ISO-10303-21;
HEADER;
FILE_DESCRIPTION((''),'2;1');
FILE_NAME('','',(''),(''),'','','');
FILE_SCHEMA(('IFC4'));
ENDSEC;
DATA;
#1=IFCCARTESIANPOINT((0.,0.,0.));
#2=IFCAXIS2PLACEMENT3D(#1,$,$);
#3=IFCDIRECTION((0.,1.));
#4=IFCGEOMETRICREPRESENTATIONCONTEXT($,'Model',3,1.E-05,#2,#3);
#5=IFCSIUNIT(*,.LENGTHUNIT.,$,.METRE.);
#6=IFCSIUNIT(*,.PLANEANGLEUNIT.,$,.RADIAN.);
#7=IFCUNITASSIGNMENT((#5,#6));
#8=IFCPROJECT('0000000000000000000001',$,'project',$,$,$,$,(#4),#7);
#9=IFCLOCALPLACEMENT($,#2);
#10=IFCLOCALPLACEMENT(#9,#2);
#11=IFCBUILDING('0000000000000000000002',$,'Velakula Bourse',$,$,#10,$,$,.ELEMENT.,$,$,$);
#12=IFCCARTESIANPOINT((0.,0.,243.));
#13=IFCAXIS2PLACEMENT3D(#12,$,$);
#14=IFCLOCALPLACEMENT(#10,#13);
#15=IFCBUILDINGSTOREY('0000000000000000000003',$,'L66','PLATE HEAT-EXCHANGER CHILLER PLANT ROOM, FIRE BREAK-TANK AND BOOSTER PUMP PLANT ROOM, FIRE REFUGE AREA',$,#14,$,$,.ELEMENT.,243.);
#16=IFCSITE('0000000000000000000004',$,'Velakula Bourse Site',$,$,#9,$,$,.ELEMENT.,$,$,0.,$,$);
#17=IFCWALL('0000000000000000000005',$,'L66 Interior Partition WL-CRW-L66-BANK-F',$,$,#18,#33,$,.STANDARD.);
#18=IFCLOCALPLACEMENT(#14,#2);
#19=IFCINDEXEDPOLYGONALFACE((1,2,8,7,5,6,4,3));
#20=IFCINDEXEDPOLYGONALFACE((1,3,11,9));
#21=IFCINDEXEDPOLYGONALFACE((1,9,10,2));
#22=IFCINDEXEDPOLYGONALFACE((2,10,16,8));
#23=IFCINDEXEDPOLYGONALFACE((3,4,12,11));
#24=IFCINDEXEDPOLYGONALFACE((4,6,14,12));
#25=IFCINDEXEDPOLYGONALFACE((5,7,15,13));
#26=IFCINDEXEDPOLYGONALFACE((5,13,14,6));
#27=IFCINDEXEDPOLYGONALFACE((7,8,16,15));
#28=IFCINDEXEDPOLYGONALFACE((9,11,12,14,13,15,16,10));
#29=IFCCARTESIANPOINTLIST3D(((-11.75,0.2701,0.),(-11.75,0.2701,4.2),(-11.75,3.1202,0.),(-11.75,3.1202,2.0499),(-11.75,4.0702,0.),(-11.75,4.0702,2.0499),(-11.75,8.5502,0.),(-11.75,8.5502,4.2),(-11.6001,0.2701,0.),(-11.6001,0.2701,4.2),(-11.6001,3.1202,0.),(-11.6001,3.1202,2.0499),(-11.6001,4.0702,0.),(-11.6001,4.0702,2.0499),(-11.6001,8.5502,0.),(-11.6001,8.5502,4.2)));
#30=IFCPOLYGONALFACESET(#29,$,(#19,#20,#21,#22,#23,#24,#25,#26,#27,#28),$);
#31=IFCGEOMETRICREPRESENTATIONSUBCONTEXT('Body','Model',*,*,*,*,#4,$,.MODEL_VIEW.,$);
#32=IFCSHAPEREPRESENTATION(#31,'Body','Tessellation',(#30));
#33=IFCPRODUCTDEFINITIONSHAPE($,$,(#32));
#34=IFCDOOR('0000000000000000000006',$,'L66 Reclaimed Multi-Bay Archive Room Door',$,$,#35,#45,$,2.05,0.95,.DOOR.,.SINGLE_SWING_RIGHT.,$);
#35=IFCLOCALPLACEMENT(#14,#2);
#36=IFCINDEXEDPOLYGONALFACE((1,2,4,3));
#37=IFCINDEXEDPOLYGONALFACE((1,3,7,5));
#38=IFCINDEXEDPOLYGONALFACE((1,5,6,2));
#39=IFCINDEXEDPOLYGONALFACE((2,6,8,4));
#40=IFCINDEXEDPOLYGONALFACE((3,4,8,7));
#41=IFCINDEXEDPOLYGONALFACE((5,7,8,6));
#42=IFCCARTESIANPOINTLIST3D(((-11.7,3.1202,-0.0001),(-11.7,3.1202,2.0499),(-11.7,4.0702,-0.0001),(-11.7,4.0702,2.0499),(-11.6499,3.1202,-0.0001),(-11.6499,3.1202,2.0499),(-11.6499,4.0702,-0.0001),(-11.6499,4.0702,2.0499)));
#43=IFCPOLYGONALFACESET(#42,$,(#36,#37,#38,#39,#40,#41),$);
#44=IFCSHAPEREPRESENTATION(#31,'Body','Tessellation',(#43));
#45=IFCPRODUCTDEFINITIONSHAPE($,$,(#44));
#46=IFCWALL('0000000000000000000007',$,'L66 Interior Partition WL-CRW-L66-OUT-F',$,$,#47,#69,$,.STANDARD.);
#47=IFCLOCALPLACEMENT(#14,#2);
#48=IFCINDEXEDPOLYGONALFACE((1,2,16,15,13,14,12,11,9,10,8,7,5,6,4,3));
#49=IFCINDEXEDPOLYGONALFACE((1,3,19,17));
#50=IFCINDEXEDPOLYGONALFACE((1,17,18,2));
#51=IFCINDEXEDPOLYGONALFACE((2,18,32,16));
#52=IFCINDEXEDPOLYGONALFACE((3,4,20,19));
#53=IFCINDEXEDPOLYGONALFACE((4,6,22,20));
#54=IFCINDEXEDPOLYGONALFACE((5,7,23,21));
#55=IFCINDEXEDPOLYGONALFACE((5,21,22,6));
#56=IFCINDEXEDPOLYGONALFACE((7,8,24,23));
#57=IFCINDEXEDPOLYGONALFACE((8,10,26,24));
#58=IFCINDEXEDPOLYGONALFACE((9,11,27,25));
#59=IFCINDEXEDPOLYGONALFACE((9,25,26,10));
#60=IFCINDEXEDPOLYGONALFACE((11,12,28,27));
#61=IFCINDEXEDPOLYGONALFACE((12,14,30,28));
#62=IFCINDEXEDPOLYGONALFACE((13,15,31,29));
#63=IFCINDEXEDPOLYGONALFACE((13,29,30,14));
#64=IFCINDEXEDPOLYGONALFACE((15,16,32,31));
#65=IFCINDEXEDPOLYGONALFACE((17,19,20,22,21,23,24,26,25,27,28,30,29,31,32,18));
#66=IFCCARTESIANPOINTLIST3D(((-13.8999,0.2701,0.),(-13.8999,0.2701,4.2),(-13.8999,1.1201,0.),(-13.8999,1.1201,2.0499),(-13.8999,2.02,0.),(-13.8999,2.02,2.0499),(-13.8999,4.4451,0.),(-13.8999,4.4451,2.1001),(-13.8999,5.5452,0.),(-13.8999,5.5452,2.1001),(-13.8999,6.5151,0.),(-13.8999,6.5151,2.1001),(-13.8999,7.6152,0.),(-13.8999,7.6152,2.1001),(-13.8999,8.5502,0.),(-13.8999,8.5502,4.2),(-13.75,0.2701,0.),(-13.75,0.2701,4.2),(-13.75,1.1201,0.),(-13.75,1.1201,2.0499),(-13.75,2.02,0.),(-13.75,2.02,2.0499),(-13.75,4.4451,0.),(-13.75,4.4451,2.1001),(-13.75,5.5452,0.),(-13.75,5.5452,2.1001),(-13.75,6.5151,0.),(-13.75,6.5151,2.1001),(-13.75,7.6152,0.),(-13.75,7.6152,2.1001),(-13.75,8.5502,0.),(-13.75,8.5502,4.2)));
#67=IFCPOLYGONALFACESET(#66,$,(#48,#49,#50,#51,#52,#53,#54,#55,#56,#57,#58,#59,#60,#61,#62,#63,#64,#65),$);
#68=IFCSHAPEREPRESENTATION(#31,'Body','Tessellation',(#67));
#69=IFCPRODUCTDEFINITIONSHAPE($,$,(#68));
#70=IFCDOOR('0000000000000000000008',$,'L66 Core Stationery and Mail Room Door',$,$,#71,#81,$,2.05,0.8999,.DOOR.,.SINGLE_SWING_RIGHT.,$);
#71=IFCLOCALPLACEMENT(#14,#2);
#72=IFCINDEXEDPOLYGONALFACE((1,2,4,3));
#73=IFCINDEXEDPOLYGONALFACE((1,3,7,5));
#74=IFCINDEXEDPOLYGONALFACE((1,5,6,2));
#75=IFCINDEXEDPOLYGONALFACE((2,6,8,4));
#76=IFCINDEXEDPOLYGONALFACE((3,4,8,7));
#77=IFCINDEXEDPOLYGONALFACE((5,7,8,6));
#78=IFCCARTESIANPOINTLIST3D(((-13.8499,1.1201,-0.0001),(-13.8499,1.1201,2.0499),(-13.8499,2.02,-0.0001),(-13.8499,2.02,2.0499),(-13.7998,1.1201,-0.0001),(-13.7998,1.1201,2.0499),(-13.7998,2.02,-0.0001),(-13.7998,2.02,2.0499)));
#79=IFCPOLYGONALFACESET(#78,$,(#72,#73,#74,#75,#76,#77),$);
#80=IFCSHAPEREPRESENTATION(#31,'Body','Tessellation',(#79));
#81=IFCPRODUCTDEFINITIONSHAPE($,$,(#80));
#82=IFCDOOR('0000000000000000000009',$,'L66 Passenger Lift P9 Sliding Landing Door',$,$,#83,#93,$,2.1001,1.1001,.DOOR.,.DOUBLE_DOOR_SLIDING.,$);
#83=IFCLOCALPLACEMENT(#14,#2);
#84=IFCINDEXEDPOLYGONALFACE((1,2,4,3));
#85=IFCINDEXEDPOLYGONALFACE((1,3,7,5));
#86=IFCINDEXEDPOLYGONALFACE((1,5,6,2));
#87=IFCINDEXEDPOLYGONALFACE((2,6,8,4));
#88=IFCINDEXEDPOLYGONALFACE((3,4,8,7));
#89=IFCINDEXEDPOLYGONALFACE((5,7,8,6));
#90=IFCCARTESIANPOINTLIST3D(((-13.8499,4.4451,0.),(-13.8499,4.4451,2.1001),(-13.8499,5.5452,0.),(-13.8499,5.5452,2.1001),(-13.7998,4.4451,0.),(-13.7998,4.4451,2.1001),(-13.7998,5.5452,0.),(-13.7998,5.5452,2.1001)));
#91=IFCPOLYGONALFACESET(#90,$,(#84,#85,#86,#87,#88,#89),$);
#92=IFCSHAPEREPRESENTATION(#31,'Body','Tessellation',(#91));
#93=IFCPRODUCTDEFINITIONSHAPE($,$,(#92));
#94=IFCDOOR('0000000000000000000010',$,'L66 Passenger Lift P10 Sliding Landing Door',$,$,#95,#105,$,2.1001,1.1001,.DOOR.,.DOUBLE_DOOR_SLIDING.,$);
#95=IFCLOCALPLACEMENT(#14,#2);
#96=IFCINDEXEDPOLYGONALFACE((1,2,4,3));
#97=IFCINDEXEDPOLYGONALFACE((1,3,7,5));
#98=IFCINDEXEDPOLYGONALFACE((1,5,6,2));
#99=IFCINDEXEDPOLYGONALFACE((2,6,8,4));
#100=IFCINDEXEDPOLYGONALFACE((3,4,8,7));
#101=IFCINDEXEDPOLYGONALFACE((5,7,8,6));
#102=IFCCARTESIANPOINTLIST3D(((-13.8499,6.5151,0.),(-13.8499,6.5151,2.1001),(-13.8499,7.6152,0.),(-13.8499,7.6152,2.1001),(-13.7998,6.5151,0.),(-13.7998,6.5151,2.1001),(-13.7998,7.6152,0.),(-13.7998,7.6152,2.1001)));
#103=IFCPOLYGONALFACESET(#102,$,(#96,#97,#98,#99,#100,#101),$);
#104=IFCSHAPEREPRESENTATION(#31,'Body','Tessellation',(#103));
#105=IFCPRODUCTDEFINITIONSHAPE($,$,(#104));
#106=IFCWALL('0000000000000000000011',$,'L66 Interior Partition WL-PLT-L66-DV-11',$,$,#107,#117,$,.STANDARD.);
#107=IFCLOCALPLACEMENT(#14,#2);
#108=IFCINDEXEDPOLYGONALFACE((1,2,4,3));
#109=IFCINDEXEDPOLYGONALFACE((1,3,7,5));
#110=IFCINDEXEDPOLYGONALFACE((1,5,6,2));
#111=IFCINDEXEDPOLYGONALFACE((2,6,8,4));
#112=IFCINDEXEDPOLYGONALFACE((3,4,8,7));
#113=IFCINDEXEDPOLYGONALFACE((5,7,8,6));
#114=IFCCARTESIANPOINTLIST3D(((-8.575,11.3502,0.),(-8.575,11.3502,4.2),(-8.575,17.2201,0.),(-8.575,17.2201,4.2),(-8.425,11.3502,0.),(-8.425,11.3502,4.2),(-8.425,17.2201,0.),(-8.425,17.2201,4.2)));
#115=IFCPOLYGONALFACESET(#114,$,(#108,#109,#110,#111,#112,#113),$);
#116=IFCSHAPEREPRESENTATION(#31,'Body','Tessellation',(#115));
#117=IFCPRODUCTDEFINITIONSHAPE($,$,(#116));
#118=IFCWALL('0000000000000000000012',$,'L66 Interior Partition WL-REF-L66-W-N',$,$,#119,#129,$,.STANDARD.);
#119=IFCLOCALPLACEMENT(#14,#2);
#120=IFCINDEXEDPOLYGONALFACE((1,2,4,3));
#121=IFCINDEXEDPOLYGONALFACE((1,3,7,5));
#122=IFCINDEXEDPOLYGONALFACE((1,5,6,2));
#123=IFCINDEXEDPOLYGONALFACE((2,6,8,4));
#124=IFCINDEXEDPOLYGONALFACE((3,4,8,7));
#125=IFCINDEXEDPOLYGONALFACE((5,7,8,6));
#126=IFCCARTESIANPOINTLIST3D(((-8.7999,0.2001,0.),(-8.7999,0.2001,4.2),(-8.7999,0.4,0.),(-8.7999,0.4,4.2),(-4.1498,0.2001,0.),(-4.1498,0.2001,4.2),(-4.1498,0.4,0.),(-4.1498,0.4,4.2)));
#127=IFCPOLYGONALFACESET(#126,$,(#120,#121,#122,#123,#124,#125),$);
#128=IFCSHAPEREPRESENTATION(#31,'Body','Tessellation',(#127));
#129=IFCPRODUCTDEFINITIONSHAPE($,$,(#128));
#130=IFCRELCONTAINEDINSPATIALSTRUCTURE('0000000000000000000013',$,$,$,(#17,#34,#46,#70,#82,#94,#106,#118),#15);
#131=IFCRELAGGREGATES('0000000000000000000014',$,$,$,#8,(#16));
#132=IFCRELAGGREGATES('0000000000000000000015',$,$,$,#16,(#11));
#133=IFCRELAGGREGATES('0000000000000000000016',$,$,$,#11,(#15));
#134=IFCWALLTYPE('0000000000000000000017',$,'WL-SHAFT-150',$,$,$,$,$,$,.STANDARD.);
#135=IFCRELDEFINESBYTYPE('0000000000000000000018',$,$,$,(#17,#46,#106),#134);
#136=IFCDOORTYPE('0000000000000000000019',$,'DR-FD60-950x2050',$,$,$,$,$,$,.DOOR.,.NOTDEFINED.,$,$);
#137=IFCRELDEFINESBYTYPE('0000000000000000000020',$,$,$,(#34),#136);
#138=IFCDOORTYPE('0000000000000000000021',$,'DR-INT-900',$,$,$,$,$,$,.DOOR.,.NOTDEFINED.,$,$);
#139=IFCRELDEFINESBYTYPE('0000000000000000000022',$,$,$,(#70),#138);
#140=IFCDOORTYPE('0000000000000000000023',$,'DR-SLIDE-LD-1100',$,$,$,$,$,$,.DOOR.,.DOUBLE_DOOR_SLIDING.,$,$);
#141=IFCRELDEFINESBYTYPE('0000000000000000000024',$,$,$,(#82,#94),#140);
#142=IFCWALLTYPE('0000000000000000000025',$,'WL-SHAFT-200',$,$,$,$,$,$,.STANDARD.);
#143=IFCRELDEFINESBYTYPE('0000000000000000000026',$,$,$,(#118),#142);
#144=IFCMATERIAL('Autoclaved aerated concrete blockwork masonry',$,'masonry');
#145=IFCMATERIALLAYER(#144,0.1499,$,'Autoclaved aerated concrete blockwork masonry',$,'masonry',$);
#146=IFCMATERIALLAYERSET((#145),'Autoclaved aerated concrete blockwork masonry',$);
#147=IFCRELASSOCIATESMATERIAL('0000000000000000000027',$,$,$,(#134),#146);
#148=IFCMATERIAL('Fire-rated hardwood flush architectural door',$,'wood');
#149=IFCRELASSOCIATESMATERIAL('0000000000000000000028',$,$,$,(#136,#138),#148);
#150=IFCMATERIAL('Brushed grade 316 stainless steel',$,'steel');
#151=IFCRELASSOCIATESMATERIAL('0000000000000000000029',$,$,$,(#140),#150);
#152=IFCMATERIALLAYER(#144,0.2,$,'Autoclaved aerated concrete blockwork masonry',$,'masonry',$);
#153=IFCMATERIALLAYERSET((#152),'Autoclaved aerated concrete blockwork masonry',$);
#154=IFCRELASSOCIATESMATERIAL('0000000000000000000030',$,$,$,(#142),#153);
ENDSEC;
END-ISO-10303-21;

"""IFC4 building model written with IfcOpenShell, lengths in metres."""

from ifc_helpers import new_model, si_unit, direction, frame, frame_2d, origin, place, context, subcontext, project, spatial, rectangle, extrude, material, layer, layer_set, type_object, element, fill, save


model = new_model("IFC4")

# Units and contexts
model_context = context("Model", 3, precision=1e-05, world=origin(), true_north=direction((0.0, 1.0)))
body_context = subcontext(model_context, "Body", "Model", "MODEL_VIEW")
ifc_project = project(units=[si_unit("LENGTHUNIT", "METRE"), si_unit("PLANEANGLEUNIT", "RADIAN")], contexts=[model_context])

# Site, building, storey
site_placement = place(None, origin())
site = spatial("IfcSite", under=ifc_project, at=site_placement, Name="Velakula Bourse Site", CompositionType="ELEMENT", RefElevation=0.0)
building_placement = place(site_placement, origin())
building = spatial("IfcBuilding", under=site, at=building_placement, Name="Velakula Bourse", CompositionType="ELEMENT")
storey_placement = place(building_placement, frame((0.0, 0.0, 243.0)))
storey = spatial("IfcBuildingStorey", under=building, at=storey_placement, Name="L66", Description="PLATE HEAT-EXCHANGER CHILLER PLANT ROOM, FIRE BREAK-TANK AND BOOSTER PUMP PLANT ROOM, FIRE REFUGE AREA", CompositionType="ELEMENT", Elevation=243.0)

# Shared definitions
ifc_material_1 = material(Name="Fire-rated hardwood flush architectural door", Category="wood")

# Shared definitions
ifc_material_2 = material(Name="Autoclaved aerated concrete blockwork masonry", Category="masonry")
ifc_layer_1 = layer(ifc_material_2, 0.1499, Name="Autoclaved aerated concrete blockwork masonry", Category="masonry")
ifc_layer_set_1 = layer_set([ifc_layer_1], Name="Autoclaved aerated concrete blockwork masonry")
wall_type_1 = type_object("IfcWallType", Name="WL-SHAFT-150", PredefinedType="STANDARD", material=ifc_layer_set_1)

# Wall, opening, door
wall_1_placement = place(storey_placement, frame((-11.675, 0.27, 0.0), z_axis=(0.0, 0.0, 1.0), x_axis=(0.0, 1.0, 0.0)))
wall_1 = element("IfcWall", 1, at=wall_1_placement, inside=storey, type_object=wall_type_1, Name="L66 Interior Partition WL-CRW-L66-BANK-F", PredefinedType="STANDARD", context=body_context, shape_type="SweptSolid", body=[
    extrude(rectangle(XDim=8.28, YDim=0.1499, at=frame_2d((4.1401, 0.0))), origin(), (0.0, 0.0, 1.0), 4.2),
])
opening_1_placement = place(wall_1_placement, frame((2.8501, 0.0, 0.0)))
opening_1 = element("IfcOpeningElement", 2, at=opening_1_placement, cuts=wall_1, PredefinedType="OPENING", context=body_context, shape_type="SweptSolid", body=[
    extrude(rectangle(XDim=0.95, YDim=2.05, at=frame_2d((0.4751, 1.0249))), frame((0.0, 0.085, 0.0), z_axis=(0.0, -1.0, 0.0), x_axis=(1.0, 0.0, 0.0)), (0.0, 0.0, 1.0), 0.1699),
])
door_type_1 = type_object("IfcDoorType", Name="DR-FD60-950x2050", OperationType="NOTDEFINED", PredefinedType="DOOR", material=ifc_material_1)
door_1_placement = place(opening_1_placement, origin())
door_1 = element("IfcDoor", 3, at=door_1_placement, inside=storey, type_object=door_type_1, Name="L66 Reclaimed Multi-Bay Archive Room Door", OperationType="SINGLE_SWING_RIGHT", OverallHeight=2.05, OverallWidth=0.95, PredefinedType="DOOR", context=body_context, shape_type="SweptSolid", body=[
    extrude(rectangle(XDim=0.95, YDim=2.05, at=frame_2d((0.4751, 1.0249))), frame((0.0, 0.0249, 0.0), z_axis=(0.0, -1.0, 0.0), x_axis=(1.0, 0.0, 0.0)), (0.0, 0.0, 1.0), 0.05),
])
fill(opening_1, door_1)

# Wall, openings, doors
wall_2_placement = place(storey_placement, frame((-13.825, 0.27, 0.0), z_axis=(0.0, 0.0, 1.0), x_axis=(0.0, 1.0, 0.0)))
wall_2 = element("IfcWall", 4, at=wall_2_placement, inside=storey, type_object=wall_type_1, Name="L66 Interior Partition WL-CRW-L66-OUT-F", PredefinedType="STANDARD", context=body_context, shape_type="SweptSolid", body=[
    extrude(rectangle(XDim=8.28, YDim=0.1499, at=frame_2d((4.1401, 0.0))), origin(), (0.0, 0.0, 1.0), 4.2),
])
opening_2_placement = place(wall_2_placement, frame((4.175, 0.0, 0.0)))
opening_2 = element("IfcOpeningElement", 5, at=opening_2_placement, cuts=wall_2, PredefinedType="OPENING", context=body_context, shape_type="SweptSolid", body=[
    extrude(rectangle(XDim=1.1001, YDim=2.1001, at=frame_2d((0.55, 1.05))), frame((0.0, 0.085, 0.0), z_axis=(0.0, -1.0, 0.0), x_axis=(1.0, 0.0, 0.0)), (0.0, 0.0, 1.0), 0.1699),
])
opening_3_placement = place(wall_2_placement, frame((6.2451, 0.0, 0.0)))
opening_3 = element("IfcOpeningElement", 6, at=opening_3_placement, cuts=wall_2, PredefinedType="OPENING", context=body_context, shape_type="SweptSolid", body=[
    extrude(rectangle(XDim=1.1001, YDim=2.1001, at=frame_2d((0.55, 1.05))), frame((0.0, 0.085, 0.0), z_axis=(0.0, -1.0, 0.0), x_axis=(1.0, 0.0, 0.0)), (0.0, 0.0, 1.0), 0.1699),
])
opening_4_placement = place(wall_2_placement, frame((0.8501, 0.0, 0.0)))
opening_4 = element("IfcOpeningElement", 7, at=opening_4_placement, cuts=wall_2, PredefinedType="OPENING", context=body_context, shape_type="SweptSolid", body=[
    extrude(rectangle(XDim=0.8999, YDim=2.05, at=frame_2d((0.45, 1.0249))), frame((0.0, 0.085, 0.0), z_axis=(0.0, -1.0, 0.0), x_axis=(1.0, 0.0, 0.0)), (0.0, 0.0, 1.0), 0.1699),
])
door_type_2 = type_object("IfcDoorType", Name="DR-INT-900", OperationType="NOTDEFINED", PredefinedType="DOOR", material=ifc_material_1)
door_2_placement = place(opening_4_placement, origin())
door_2 = element("IfcDoor", 8, at=door_2_placement, inside=storey, type_object=door_type_2, Name="L66 Core Stationery and Mail Room Door", OperationType="SINGLE_SWING_RIGHT", OverallHeight=2.05, OverallWidth=0.8999, PredefinedType="DOOR", context=body_context, shape_type="SweptSolid", body=[
    extrude(rectangle(XDim=0.8999, YDim=2.05, at=frame_2d((0.45, 1.0249))), frame((0.0, 0.0249, 0.0), z_axis=(0.0, -1.0, 0.0), x_axis=(1.0, 0.0, 0.0)), (0.0, 0.0, 1.0), 0.05),
])
fill(opening_4, door_2)
ifc_material_3 = material(Name="Brushed grade 316 stainless steel", Category="steel")
door_type_3 = type_object("IfcDoorType", Name="DR-SLIDE-LD-1100", OperationType="DOUBLE_DOOR_SLIDING", PredefinedType="DOOR", material=ifc_material_3)
door_3_placement = place(opening_2_placement, origin())
door_3 = element("IfcDoor", 9, at=door_3_placement, inside=storey, type_object=door_type_3, Name="L66 Passenger Lift P9 Sliding Landing Door", OperationType="DOUBLE_DOOR_SLIDING", OverallHeight=2.1001, OverallWidth=1.1001, PredefinedType="DOOR", context=body_context, shape_type="SweptSolid", body=[
    extrude(rectangle(XDim=1.1001, YDim=2.1001, at=frame_2d((0.55, 1.05))), frame((0.0, 0.0249, 0.0), z_axis=(0.0, -1.0, 0.0), x_axis=(1.0, 0.0, 0.0)), (0.0, 0.0, 1.0), 0.05),
])
fill(opening_2, door_3)
door_4_placement = place(opening_3_placement, origin())
door_4 = element("IfcDoor", 10, at=door_4_placement, inside=storey, type_object=door_type_3, Name="L66 Passenger Lift P10 Sliding Landing Door", OperationType="DOUBLE_DOOR_SLIDING", OverallHeight=2.1001, OverallWidth=1.1001, PredefinedType="DOOR", context=body_context, shape_type="SweptSolid", body=[
    extrude(rectangle(XDim=1.1001, YDim=2.1001, at=frame_2d((0.55, 1.05))), frame((0.0, 0.0249, 0.0), z_axis=(0.0, -1.0, 0.0), x_axis=(1.0, 0.0, 0.0)), (0.0, 0.0, 1.0), 0.05),
])
fill(opening_3, door_4)

# Walls
wall_3_placement = place(storey_placement, frame((-8.5, 11.3501, 0.0), z_axis=(0.0, 0.0, 1.0), x_axis=(0.0, 1.0, 0.0)))
element("IfcWall", 11, at=wall_3_placement, inside=storey, type_object=wall_type_1, Name="L66 Interior Partition WL-PLT-L66-DV-11", PredefinedType="STANDARD", context=body_context, shape_type="SweptSolid", body=[
    extrude(rectangle(XDim=5.8699, YDim=0.1499, at=frame_2d((2.9351, 0.0))), origin(), (0.0, 0.0, 1.0), 4.2),
])
ifc_layer_2 = layer(ifc_material_2, 0.2, Name="Autoclaved aerated concrete blockwork masonry", Category="masonry")
ifc_layer_set_2 = layer_set([ifc_layer_2], Name="Autoclaved aerated concrete blockwork masonry")
wall_type_2 = type_object("IfcWallType", Name="WL-SHAFT-200", PredefinedType="STANDARD", material=ifc_layer_set_2)
wall_4_placement = place(storey_placement, frame((-8.8, 0.3, 0.0), z_axis=(0.0, 0.0, 1.0), x_axis=(1.0, 0.0, 0.0)))
element("IfcWall", 12, at=wall_4_placement, inside=storey, type_object=wall_type_2, Name="L66 Interior Partition WL-REF-L66-W-N", PredefinedType="STANDARD", context=body_context, shape_type="SweptSolid", body=[
    extrude(rectangle(XDim=4.6501, YDim=0.2, at=frame_2d((2.3252, 0.0))), origin(), (0.0, 0.0, 1.0), 4.2),
])

save(model, "model.ifc")
